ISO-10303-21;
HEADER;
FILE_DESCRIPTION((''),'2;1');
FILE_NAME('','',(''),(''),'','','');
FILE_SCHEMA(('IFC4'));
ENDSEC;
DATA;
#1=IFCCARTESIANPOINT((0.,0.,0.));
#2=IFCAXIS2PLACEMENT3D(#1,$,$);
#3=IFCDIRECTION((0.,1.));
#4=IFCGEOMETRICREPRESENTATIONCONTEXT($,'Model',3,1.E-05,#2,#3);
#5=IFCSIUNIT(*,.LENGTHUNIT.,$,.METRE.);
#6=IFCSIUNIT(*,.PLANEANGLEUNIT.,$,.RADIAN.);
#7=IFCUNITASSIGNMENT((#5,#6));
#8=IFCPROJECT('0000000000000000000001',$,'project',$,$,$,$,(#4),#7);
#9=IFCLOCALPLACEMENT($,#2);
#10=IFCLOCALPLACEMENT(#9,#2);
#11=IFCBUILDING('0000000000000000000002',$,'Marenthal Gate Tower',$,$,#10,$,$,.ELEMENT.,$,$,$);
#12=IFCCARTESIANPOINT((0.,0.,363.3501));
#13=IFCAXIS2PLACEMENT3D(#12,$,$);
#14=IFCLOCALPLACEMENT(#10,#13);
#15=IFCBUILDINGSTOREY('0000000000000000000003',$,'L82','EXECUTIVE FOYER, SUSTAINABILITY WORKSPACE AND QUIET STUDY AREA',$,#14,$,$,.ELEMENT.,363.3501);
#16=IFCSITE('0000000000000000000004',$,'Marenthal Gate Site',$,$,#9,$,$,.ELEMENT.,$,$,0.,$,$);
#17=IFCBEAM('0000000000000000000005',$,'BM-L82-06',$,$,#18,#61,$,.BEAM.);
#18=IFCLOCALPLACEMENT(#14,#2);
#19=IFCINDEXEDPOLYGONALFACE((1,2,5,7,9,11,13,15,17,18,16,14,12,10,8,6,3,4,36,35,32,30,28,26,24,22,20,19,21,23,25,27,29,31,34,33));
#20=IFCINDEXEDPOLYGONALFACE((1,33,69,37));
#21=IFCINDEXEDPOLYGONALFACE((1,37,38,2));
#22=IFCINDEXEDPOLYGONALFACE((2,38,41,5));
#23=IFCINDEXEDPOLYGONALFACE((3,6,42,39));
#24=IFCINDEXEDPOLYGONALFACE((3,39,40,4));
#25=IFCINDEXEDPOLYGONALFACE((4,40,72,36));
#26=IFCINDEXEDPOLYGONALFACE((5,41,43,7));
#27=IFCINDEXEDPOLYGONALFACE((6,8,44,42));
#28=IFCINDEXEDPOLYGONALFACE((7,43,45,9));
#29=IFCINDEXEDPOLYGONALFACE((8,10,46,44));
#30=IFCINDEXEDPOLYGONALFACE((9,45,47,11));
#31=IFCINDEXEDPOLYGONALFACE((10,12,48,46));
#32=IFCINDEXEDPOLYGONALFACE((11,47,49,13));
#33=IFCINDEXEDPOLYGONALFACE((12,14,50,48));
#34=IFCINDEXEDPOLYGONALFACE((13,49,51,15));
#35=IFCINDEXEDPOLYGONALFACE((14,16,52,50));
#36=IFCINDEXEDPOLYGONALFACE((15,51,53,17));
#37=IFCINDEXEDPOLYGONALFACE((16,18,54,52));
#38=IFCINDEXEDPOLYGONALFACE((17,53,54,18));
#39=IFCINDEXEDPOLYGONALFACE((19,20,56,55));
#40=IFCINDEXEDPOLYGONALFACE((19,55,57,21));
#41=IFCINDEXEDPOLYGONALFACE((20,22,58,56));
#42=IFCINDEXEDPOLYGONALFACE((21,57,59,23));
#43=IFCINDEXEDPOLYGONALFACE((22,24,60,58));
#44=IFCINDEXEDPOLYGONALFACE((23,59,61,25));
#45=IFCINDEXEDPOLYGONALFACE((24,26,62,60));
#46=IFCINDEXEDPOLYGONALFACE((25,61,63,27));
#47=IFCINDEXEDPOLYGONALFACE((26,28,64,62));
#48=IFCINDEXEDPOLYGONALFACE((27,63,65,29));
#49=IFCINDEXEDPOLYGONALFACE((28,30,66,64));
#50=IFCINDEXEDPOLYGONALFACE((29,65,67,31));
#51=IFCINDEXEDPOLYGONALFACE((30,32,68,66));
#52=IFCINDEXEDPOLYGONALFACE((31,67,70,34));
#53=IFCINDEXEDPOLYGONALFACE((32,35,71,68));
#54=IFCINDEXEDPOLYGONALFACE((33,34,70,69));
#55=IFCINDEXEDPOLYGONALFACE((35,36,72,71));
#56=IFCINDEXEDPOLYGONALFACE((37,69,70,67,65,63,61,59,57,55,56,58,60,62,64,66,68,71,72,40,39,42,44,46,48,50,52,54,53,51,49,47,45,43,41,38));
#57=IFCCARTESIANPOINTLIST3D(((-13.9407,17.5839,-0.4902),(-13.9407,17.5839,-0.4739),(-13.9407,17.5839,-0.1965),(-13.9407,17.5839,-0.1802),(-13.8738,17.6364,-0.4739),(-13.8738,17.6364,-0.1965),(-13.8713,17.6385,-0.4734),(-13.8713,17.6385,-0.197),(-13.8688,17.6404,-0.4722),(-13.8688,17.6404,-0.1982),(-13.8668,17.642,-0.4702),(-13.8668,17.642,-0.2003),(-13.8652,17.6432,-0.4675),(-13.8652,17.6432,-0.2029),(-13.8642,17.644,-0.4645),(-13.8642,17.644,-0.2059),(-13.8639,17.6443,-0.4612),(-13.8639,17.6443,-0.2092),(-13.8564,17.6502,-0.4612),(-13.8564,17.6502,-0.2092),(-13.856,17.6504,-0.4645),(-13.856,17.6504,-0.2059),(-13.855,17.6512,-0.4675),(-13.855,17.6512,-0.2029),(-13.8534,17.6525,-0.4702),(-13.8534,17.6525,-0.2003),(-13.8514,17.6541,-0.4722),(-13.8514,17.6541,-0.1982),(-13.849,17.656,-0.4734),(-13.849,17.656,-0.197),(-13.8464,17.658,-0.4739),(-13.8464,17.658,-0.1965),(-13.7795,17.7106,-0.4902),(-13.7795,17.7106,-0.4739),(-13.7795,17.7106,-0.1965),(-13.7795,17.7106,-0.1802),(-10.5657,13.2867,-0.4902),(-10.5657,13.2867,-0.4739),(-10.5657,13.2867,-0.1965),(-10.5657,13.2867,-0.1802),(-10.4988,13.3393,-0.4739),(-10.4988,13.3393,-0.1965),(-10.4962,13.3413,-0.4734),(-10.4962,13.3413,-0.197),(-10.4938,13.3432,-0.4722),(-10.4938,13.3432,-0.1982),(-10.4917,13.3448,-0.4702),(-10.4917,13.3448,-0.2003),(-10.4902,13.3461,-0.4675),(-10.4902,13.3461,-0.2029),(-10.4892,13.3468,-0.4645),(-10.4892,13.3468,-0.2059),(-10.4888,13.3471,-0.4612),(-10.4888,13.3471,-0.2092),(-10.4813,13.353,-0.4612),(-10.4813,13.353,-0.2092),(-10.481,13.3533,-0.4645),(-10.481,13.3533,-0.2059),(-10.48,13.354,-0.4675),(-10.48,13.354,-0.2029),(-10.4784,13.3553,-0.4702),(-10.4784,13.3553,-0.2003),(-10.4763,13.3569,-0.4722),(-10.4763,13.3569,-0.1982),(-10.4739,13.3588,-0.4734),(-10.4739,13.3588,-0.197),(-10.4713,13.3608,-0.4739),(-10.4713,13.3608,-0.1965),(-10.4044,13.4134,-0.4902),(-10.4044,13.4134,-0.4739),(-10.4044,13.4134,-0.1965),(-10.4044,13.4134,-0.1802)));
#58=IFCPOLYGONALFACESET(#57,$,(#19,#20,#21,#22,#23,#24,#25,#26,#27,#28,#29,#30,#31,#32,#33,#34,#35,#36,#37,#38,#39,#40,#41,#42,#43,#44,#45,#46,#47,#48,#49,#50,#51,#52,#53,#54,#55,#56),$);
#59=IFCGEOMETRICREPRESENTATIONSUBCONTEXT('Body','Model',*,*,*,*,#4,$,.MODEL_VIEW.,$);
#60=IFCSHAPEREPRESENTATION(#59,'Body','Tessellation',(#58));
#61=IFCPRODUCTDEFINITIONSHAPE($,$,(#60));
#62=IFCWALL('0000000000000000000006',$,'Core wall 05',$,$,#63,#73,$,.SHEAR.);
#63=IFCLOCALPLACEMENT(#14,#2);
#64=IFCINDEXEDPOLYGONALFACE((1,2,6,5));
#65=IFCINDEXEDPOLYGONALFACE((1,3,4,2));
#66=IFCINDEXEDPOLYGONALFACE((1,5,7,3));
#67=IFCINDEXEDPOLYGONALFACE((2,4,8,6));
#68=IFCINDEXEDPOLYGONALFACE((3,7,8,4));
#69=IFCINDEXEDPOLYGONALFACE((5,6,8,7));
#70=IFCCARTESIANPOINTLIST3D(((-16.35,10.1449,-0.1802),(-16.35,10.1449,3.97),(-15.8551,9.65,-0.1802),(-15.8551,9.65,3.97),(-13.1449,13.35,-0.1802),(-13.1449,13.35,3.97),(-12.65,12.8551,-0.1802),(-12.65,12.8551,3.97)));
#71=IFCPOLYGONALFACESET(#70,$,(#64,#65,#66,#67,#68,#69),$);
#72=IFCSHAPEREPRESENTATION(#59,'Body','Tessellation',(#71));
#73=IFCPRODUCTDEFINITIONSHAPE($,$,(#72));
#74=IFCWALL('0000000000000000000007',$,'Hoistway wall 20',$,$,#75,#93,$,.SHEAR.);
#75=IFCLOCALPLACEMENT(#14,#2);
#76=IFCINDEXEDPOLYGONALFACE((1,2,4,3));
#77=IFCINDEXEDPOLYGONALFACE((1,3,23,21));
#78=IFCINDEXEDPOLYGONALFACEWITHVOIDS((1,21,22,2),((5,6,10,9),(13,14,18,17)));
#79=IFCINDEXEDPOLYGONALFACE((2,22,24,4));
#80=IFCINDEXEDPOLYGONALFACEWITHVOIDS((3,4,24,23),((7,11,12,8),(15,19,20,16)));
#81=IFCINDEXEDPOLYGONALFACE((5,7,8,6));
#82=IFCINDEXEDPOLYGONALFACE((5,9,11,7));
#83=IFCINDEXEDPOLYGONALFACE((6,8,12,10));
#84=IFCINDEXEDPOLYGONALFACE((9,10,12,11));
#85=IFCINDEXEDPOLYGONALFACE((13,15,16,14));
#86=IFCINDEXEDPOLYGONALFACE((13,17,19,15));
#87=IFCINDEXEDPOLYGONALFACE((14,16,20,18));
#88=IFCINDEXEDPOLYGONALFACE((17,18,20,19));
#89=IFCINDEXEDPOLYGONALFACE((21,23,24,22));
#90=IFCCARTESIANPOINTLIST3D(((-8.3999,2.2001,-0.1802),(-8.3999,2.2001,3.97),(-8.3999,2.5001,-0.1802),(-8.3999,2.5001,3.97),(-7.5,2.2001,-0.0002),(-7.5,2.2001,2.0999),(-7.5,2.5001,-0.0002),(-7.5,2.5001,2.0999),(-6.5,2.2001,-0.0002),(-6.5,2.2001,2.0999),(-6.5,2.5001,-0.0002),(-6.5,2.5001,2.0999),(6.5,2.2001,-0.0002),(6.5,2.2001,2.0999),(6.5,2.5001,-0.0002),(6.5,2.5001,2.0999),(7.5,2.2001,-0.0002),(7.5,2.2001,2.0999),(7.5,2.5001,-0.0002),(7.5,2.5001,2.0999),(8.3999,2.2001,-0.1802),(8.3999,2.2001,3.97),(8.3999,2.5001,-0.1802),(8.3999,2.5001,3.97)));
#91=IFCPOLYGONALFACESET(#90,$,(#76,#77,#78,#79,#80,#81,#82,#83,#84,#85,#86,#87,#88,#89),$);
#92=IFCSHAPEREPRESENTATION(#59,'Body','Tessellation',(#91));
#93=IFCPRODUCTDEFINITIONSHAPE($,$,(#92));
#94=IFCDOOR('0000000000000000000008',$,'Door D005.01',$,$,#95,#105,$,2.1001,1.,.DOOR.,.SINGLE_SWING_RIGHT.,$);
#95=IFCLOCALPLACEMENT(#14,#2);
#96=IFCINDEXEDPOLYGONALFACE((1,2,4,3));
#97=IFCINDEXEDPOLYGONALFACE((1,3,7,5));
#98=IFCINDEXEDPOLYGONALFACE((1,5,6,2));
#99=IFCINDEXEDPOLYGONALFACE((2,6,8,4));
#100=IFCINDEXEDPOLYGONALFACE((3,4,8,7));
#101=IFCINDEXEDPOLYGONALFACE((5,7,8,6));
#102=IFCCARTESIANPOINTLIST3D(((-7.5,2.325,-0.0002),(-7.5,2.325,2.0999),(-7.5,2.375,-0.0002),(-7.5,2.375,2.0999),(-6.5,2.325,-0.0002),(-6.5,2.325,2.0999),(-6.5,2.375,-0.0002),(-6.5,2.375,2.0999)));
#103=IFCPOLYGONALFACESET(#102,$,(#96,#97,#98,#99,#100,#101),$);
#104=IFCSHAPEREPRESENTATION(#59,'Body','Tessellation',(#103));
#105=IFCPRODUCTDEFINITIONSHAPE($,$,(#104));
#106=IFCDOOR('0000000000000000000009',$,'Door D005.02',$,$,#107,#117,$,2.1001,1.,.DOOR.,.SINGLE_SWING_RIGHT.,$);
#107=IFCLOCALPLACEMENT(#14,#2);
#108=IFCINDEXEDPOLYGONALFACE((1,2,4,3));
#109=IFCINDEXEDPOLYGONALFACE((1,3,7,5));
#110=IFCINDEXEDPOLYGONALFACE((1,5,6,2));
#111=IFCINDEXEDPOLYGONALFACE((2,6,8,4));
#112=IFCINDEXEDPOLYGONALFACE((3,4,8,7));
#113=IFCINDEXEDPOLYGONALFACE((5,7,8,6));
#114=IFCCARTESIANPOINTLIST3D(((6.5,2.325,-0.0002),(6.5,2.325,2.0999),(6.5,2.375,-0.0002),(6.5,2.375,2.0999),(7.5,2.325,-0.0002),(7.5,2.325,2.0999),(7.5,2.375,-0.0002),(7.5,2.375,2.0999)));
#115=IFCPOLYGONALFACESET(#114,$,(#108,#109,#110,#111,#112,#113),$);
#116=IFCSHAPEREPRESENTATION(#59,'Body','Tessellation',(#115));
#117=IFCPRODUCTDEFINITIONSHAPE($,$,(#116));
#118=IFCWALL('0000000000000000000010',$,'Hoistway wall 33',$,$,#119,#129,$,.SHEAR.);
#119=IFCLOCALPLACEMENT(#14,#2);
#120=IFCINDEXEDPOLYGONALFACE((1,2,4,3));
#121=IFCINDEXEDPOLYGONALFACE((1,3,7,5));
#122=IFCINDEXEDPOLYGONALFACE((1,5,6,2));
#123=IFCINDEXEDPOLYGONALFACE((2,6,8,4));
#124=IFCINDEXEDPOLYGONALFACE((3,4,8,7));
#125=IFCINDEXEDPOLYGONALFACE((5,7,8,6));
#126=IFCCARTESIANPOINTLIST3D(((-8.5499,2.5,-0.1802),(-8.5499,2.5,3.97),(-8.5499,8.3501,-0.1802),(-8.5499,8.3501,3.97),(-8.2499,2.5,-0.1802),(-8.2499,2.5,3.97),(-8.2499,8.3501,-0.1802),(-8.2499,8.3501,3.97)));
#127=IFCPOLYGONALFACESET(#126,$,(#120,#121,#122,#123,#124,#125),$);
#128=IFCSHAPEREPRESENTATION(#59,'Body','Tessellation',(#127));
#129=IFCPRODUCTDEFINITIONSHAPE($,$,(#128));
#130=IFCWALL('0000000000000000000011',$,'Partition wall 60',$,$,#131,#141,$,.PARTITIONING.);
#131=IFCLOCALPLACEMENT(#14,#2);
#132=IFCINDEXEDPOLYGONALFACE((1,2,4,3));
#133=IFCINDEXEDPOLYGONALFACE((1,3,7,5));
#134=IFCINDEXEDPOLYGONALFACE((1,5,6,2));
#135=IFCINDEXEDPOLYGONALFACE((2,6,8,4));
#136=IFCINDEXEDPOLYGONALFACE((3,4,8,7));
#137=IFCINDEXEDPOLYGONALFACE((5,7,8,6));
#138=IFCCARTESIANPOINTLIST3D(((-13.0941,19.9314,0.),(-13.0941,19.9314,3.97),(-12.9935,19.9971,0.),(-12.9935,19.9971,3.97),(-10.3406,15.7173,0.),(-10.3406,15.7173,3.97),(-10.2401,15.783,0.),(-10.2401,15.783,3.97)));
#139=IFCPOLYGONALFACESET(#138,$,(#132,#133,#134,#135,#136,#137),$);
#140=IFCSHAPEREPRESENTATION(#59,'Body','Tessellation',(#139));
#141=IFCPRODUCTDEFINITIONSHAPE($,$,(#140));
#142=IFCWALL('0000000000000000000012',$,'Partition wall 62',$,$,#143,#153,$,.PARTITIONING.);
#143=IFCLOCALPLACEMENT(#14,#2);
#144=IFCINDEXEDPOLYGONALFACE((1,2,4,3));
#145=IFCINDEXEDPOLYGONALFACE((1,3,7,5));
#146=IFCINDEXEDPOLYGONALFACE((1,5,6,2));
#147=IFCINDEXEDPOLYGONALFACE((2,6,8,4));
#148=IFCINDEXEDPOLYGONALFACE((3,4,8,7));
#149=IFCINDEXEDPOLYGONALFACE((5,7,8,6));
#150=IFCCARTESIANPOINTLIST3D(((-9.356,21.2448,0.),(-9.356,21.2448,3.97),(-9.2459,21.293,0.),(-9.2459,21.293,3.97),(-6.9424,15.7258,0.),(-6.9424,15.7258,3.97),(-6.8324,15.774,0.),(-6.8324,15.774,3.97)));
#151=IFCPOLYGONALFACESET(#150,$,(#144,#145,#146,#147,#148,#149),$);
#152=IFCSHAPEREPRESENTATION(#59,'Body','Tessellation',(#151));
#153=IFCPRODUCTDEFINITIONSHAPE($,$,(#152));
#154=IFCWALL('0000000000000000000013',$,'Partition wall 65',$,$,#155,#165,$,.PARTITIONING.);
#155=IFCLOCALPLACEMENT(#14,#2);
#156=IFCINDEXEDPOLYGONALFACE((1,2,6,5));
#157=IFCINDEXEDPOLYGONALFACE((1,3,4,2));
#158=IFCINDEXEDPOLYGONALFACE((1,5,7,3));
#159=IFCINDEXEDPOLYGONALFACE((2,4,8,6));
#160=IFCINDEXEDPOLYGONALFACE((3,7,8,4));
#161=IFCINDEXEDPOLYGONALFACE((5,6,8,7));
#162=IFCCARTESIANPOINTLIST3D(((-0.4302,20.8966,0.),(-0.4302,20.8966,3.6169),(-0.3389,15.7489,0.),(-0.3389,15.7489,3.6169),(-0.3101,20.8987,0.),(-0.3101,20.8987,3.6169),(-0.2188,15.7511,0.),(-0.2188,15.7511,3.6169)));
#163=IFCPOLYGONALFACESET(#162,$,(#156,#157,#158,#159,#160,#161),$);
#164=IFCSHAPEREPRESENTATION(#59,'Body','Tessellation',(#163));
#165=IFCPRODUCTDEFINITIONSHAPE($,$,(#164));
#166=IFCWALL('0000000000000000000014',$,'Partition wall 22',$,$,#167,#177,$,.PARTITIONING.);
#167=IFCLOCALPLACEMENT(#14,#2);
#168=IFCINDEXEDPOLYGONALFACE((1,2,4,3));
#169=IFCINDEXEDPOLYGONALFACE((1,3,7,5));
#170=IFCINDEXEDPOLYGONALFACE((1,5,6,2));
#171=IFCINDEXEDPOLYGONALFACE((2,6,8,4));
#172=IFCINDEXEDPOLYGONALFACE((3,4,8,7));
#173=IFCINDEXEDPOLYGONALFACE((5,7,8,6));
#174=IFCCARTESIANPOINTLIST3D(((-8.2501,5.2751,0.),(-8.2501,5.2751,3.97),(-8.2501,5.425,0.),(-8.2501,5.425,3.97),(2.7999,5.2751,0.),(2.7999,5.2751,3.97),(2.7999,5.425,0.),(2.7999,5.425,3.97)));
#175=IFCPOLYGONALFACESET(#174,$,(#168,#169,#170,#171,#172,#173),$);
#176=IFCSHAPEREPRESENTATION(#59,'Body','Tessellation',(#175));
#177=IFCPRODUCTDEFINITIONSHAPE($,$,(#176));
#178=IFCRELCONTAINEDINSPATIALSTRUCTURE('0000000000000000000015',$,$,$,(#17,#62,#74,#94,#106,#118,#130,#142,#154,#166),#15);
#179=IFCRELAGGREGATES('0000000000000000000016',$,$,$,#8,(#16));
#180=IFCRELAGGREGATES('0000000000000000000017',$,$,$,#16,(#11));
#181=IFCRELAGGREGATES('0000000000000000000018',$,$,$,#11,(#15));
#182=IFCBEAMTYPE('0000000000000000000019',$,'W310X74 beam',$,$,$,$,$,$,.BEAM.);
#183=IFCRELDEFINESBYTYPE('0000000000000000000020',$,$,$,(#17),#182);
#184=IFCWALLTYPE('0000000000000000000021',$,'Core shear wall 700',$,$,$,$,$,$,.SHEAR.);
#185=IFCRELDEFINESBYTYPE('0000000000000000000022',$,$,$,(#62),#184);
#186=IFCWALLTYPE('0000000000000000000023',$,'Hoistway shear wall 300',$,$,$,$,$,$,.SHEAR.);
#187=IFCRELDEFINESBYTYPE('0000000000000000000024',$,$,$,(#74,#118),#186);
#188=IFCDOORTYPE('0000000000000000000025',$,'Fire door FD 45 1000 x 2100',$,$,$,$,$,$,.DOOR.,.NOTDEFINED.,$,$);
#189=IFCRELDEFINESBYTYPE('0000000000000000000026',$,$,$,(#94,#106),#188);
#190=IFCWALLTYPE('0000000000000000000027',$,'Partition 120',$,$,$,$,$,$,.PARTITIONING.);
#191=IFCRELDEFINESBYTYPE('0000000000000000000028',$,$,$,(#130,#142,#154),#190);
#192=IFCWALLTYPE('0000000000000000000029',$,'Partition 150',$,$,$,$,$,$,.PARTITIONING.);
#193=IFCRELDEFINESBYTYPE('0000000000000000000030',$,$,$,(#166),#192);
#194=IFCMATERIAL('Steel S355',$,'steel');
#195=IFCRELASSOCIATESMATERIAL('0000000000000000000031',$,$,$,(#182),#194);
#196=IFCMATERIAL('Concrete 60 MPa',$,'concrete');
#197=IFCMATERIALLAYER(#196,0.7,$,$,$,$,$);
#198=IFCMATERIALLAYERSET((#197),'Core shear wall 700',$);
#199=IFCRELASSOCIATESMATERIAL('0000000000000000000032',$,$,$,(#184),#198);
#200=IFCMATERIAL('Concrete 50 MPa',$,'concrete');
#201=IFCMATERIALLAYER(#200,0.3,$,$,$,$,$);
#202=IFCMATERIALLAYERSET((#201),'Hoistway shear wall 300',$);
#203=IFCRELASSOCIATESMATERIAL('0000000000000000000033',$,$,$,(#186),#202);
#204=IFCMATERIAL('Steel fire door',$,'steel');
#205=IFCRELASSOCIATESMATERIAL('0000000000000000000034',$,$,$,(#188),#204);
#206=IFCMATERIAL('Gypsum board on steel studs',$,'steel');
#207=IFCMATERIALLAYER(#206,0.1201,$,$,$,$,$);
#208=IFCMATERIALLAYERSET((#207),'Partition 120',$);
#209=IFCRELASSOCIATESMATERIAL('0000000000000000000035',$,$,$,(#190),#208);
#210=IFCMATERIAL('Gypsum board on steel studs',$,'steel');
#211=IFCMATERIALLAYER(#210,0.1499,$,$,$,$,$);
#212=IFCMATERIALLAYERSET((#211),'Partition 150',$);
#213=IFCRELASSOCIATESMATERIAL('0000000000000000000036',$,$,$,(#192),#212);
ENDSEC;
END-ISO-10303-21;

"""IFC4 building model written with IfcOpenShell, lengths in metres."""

from ifc_helpers import new_model, si_unit, direction, frame, frame_2d, origin, origin_2d, place, context, subcontext, project, spatial, rectangle, i_section, extrude, material, layer, layer_set, material_profile, profile_set, type_object, element, fill, save


model = new_model("IFC4")

# Units and contexts
model_context = context("Model", 3, precision=1e-05, world=origin(), true_north=direction((0.0, 1.0)))
body_context = subcontext(model_context, "Body", "Model", "MODEL_VIEW")
ifc_project = project(units=[si_unit("LENGTHUNIT", "METRE"), si_unit("PLANEANGLEUNIT", "RADIAN")], contexts=[model_context])

# Site, building, storey
site_placement = place(None, origin())
site = spatial("IfcSite", under=ifc_project, at=site_placement, Name="Marenthal Gate Site", CompositionType="ELEMENT", RefElevation=0.0)
building_placement = place(site_placement, origin())
building = spatial("IfcBuilding", under=site, at=building_placement, Name="Marenthal Gate Tower", CompositionType="ELEMENT")
storey_placement = place(building_placement, frame((0.0, 0.0, 363.3501)))
storey = spatial("IfcBuildingStorey", under=building, at=storey_placement, Name="L82", Description="EXECUTIVE FOYER, SUSTAINABILITY WORKSPACE AND QUIET STUDY AREA", CompositionType="ELEMENT", Elevation=363.3501)

# Beam
ifc_material_1 = material(Name="Steel S355", Category="steel")
ifc_material_profile = material_profile(ifc_material_1, i_section(OverallWidth=0.2051, OverallDepth=0.3101, WebThickness=0.0095, FlangeThickness=0.0164, FilletRadius=0.0127, at=origin_2d()), Name="W310X74")
ifc_profile_set = profile_set([ifc_material_profile], Name="Steel S355")
beam_type = type_object("IfcBeamType", Name="W310X74 beam", PredefinedType="BEAM", material=ifc_profile_set)
beam_placement = place(storey_placement, frame((-13.8601, 17.6472, -0.3352), z_axis=(0.617674, -0.786435, 0.0), x_axis=(0.786435, 0.617674, 0.0)))
element("IfcBeam", 1, at=beam_placement, inside=storey, type_object=beam_type, Name="BM-L82-06", PredefinedType="BEAM", context=body_context, shape_type="SweptSolid", body=[
    extrude(i_section(OverallWidth=0.2051, OverallDepth=0.3101, WebThickness=0.0095, FlangeThickness=0.0164, FilletRadius=0.0127, at=origin_2d()), origin(), (0.0, 0.0, 1.0), 5.4641),
])

# Wall
ifc_material_2 = material(Name="Concrete 60 MPa", Category="concrete")
ifc_layer_1 = layer(ifc_material_2, 0.7)
ifc_layer_set_1 = layer_set([ifc_layer_1], Name="Core shear wall 700")
wall_type_1 = type_object("IfcWallType", Name="Core shear wall 700", PredefinedType="SHEAR", material=ifc_layer_set_1)
wall_1_placement = place(storey_placement, frame((-12.8975, 13.1025, -0.1802), z_axis=(0.0, 0.0, 1.0), x_axis=(-0.707107, -0.707107, 0.0)))
element("IfcWall", 2, at=wall_1_placement, inside=storey, type_object=wall_type_1, Name="Core wall 05", PredefinedType="SHEAR", context=body_context, shape_type="SweptSolid", body=[
    extrude(rectangle(XDim=4.5327, YDim=0.7, at=frame_2d((2.2664, 0.0))), origin(), (0.0, 0.0, 1.0), 4.1501),
])

# Wall, openings, doors
ifc_material_3 = material(Name="Concrete 50 MPa", Category="concrete")
ifc_layer_2 = layer(ifc_material_3, 0.3)
ifc_layer_set_2 = layer_set([ifc_layer_2], Name="Hoistway shear wall 300")
wall_type_2 = type_object("IfcWallType", Name="Hoistway shear wall 300", PredefinedType="SHEAR", material=ifc_layer_set_2)
wall_2_placement = place(storey_placement, frame((-8.3999, 2.3501, -0.1802), z_axis=(0.0, 0.0, 1.0), x_axis=(1.0, 0.0, 0.0)))
wall_2 = element("IfcWall", 3, at=wall_2_placement, inside=storey, type_object=wall_type_2, Name="Hoistway wall 20", PredefinedType="SHEAR", context=body_context, shape_type="SweptSolid", body=[
    extrude(rectangle(XDim=16.7998, YDim=0.3, at=frame_2d((8.3999, 0.0))), origin(), (0.0, 0.0, 1.0), 4.1501),
])
opening_1_placement = place(wall_2_placement, frame((0.8999, 0.0, 0.1799)))
opening_1 = element("IfcOpeningElement", 4, at=opening_1_placement, cuts=wall_2, PredefinedType="OPENING", context=body_context, shape_type="SweptSolid", body=[
    extrude(rectangle(XDim=1.0, YDim=2.1001, at=frame_2d((0.5, 1.05))), frame((0.0, 0.1602, 0.0), z_axis=(0.0, -1.0, 0.0), x_axis=(1.0, 0.0, 0.0)), (0.0, 0.0, 1.0), 0.3201),
])
opening_2_placement = place(wall_2_placement, frame((14.8999, 0.0, 0.1799)))
opening_2 = element("IfcOpeningElement", 5, at=opening_2_placement, cuts=wall_2, PredefinedType="OPENING", context=body_context, shape_type="SweptSolid", body=[
    extrude(rectangle(XDim=1.0, YDim=2.1001, at=frame_2d((0.5, 1.05))), frame((0.0, 0.1602, 0.0), z_axis=(0.0, -1.0, 0.0), x_axis=(1.0, 0.0, 0.0)), (0.0, 0.0, 1.0), 0.3201),
])
ifc_material_4 = material(Name="Steel fire door", Category="steel")
door_type_1 = type_object("IfcDoorType", Name="Fire door FD 45 1000 x 2100", OperationType="NOTDEFINED", PredefinedType="DOOR", material=ifc_material_4)
door_1_placement = place(opening_1_placement, origin())
door_1 = element("IfcDoor", 6, at=door_1_placement, inside=storey, type_object=door_type_1, Name="Door D005.01", OperationType="SINGLE_SWING_RIGHT", OverallHeight=2.1001, OverallWidth=1.0, PredefinedType="DOOR", context=body_context, shape_type="SweptSolid", body=[
    extrude(rectangle(XDim=1.0, YDim=2.1001, at=frame_2d((0.5, 1.05))), frame((0.0, 0.0249, 0.0), z_axis=(0.0, -1.0, 0.0), x_axis=(1.0, 0.0, 0.0)), (0.0, 0.0, 1.0), 0.05),
])
fill(opening_1, door_1)
door_2_placement = place(opening_2_placement, origin())
door_2 = element("IfcDoor", 7, at=door_2_placement, inside=storey, type_object=door_type_1, Name="Door D005.02", OperationType="SINGLE_SWING_RIGHT", OverallHeight=2.1001, OverallWidth=1.0, PredefinedType="DOOR", context=body_context, shape_type="SweptSolid", body=[
    extrude(rectangle(XDim=1.0, YDim=2.1001, at=frame_2d((0.5, 1.05))), frame((0.0, 0.0249, 0.0), z_axis=(0.0, -1.0, 0.0), x_axis=(1.0, 0.0, 0.0)), (0.0, 0.0, 1.0), 0.05),
])
fill(opening_2, door_2)

# Walls
wall_3_placement = place(storey_placement, frame((-8.3999, 2.5, -0.1802), z_axis=(0.0, 0.0, 1.0), x_axis=(0.0, 1.0, 0.0)))
element("IfcWall", 8, at=wall_3_placement, inside=storey, type_object=wall_type_2, Name="Hoistway wall 33", PredefinedType="SHEAR", context=body_context, shape_type="SweptSolid", body=[
    extrude(rectangle(XDim=5.8501, YDim=0.3, at=frame_2d((2.925, 0.0))), origin(), (0.0, 0.0, 1.0), 4.1501),
])
ifc_material_5 = material(Name="Gypsum board on steel studs", Category="steel")
ifc_layer_3 = layer(ifc_material_5, 0.1201)
ifc_layer_set_3 = layer_set([ifc_layer_3], Name="Partition 120")
wall_type_3 = type_object("IfcWallType", Name="Partition 120", PredefinedType="PARTITIONING", material=ifc_layer_set_3)
wall_4_placement = place(storey_placement, frame((-10.2903, 15.75, 0.0), z_axis=(0.0, 0.0, 1.0), x_axis=(-0.546976, 0.837148, 0.0)))
element("IfcWall", 9, at=wall_4_placement, inside=storey, type_object=wall_type_3, Name="Partition wall 60", PredefinedType="PARTITIONING", context=body_context, shape_type="SweptSolid", body=[
    extrude(rectangle(XDim=5.0339, YDim=0.1201, at=frame_2d((2.5171, 0.0))), origin(), (0.0, 0.0, 1.0), 3.97),
])
wall_5_placement = place(storey_placement, frame((-6.8875, 15.75, 0.0), z_axis=(0.0, 0.0, 1.0), x_axis=(-0.400679, 0.916219, 0.0)))
element("IfcWall", 10, at=wall_5_placement, inside=storey, type_object=wall_type_3, Name="Partition wall 62", PredefinedType="PARTITIONING", context=body_context, shape_type="SweptSolid", body=[
    extrude(rectangle(XDim=6.0237, YDim=0.1201, at=frame_2d((3.0117, 0.0))), origin(), (0.0, 0.0, 1.0), 3.97),
])
wall_6_placement = place(storey_placement, frame((-0.2788, 15.75, 0.0), z_axis=(0.0, 0.0, 1.0), x_axis=(-0.017735, 0.999843, 0.0)))
element("IfcWall", 11, at=wall_6_placement, inside=storey, type_object=wall_type_3, Name="Partition wall 65", PredefinedType="PARTITIONING", context=body_context, shape_type="SweptSolid", body=[
    extrude(rectangle(XDim=5.1484, YDim=0.1201, at=frame_2d((2.5742, 0.0))), origin(), (0.0, 0.0, 1.0), 3.6169),
])
ifc_material_6 = material(Name="Gypsum board on steel studs", Category="steel")
ifc_layer_4 = layer(ifc_material_6, 0.1499)
ifc_layer_set_4 = layer_set([ifc_layer_4], Name="Partition 150")
wall_type_4 = type_object("IfcWallType", Name="Partition 150", PredefinedType="PARTITIONING", material=ifc_layer_set_4)
wall_7_placement = place(storey_placement, frame((-8.25, 5.3501, 0.0), z_axis=(0.0, 0.0, 1.0), x_axis=(1.0, 0.0, 0.0)))
element("IfcWall", 12, at=wall_7_placement, inside=storey, type_object=wall_type_4, Name="Partition wall 22", PredefinedType="PARTITIONING", context=body_context, shape_type="SweptSolid", body=[
    extrude(rectangle(XDim=11.05, YDim=0.1499, at=frame_2d((5.5249, 0.0))), origin(), (0.0, 0.0, 1.0), 3.97),
])

save(model, "model.ifc")
